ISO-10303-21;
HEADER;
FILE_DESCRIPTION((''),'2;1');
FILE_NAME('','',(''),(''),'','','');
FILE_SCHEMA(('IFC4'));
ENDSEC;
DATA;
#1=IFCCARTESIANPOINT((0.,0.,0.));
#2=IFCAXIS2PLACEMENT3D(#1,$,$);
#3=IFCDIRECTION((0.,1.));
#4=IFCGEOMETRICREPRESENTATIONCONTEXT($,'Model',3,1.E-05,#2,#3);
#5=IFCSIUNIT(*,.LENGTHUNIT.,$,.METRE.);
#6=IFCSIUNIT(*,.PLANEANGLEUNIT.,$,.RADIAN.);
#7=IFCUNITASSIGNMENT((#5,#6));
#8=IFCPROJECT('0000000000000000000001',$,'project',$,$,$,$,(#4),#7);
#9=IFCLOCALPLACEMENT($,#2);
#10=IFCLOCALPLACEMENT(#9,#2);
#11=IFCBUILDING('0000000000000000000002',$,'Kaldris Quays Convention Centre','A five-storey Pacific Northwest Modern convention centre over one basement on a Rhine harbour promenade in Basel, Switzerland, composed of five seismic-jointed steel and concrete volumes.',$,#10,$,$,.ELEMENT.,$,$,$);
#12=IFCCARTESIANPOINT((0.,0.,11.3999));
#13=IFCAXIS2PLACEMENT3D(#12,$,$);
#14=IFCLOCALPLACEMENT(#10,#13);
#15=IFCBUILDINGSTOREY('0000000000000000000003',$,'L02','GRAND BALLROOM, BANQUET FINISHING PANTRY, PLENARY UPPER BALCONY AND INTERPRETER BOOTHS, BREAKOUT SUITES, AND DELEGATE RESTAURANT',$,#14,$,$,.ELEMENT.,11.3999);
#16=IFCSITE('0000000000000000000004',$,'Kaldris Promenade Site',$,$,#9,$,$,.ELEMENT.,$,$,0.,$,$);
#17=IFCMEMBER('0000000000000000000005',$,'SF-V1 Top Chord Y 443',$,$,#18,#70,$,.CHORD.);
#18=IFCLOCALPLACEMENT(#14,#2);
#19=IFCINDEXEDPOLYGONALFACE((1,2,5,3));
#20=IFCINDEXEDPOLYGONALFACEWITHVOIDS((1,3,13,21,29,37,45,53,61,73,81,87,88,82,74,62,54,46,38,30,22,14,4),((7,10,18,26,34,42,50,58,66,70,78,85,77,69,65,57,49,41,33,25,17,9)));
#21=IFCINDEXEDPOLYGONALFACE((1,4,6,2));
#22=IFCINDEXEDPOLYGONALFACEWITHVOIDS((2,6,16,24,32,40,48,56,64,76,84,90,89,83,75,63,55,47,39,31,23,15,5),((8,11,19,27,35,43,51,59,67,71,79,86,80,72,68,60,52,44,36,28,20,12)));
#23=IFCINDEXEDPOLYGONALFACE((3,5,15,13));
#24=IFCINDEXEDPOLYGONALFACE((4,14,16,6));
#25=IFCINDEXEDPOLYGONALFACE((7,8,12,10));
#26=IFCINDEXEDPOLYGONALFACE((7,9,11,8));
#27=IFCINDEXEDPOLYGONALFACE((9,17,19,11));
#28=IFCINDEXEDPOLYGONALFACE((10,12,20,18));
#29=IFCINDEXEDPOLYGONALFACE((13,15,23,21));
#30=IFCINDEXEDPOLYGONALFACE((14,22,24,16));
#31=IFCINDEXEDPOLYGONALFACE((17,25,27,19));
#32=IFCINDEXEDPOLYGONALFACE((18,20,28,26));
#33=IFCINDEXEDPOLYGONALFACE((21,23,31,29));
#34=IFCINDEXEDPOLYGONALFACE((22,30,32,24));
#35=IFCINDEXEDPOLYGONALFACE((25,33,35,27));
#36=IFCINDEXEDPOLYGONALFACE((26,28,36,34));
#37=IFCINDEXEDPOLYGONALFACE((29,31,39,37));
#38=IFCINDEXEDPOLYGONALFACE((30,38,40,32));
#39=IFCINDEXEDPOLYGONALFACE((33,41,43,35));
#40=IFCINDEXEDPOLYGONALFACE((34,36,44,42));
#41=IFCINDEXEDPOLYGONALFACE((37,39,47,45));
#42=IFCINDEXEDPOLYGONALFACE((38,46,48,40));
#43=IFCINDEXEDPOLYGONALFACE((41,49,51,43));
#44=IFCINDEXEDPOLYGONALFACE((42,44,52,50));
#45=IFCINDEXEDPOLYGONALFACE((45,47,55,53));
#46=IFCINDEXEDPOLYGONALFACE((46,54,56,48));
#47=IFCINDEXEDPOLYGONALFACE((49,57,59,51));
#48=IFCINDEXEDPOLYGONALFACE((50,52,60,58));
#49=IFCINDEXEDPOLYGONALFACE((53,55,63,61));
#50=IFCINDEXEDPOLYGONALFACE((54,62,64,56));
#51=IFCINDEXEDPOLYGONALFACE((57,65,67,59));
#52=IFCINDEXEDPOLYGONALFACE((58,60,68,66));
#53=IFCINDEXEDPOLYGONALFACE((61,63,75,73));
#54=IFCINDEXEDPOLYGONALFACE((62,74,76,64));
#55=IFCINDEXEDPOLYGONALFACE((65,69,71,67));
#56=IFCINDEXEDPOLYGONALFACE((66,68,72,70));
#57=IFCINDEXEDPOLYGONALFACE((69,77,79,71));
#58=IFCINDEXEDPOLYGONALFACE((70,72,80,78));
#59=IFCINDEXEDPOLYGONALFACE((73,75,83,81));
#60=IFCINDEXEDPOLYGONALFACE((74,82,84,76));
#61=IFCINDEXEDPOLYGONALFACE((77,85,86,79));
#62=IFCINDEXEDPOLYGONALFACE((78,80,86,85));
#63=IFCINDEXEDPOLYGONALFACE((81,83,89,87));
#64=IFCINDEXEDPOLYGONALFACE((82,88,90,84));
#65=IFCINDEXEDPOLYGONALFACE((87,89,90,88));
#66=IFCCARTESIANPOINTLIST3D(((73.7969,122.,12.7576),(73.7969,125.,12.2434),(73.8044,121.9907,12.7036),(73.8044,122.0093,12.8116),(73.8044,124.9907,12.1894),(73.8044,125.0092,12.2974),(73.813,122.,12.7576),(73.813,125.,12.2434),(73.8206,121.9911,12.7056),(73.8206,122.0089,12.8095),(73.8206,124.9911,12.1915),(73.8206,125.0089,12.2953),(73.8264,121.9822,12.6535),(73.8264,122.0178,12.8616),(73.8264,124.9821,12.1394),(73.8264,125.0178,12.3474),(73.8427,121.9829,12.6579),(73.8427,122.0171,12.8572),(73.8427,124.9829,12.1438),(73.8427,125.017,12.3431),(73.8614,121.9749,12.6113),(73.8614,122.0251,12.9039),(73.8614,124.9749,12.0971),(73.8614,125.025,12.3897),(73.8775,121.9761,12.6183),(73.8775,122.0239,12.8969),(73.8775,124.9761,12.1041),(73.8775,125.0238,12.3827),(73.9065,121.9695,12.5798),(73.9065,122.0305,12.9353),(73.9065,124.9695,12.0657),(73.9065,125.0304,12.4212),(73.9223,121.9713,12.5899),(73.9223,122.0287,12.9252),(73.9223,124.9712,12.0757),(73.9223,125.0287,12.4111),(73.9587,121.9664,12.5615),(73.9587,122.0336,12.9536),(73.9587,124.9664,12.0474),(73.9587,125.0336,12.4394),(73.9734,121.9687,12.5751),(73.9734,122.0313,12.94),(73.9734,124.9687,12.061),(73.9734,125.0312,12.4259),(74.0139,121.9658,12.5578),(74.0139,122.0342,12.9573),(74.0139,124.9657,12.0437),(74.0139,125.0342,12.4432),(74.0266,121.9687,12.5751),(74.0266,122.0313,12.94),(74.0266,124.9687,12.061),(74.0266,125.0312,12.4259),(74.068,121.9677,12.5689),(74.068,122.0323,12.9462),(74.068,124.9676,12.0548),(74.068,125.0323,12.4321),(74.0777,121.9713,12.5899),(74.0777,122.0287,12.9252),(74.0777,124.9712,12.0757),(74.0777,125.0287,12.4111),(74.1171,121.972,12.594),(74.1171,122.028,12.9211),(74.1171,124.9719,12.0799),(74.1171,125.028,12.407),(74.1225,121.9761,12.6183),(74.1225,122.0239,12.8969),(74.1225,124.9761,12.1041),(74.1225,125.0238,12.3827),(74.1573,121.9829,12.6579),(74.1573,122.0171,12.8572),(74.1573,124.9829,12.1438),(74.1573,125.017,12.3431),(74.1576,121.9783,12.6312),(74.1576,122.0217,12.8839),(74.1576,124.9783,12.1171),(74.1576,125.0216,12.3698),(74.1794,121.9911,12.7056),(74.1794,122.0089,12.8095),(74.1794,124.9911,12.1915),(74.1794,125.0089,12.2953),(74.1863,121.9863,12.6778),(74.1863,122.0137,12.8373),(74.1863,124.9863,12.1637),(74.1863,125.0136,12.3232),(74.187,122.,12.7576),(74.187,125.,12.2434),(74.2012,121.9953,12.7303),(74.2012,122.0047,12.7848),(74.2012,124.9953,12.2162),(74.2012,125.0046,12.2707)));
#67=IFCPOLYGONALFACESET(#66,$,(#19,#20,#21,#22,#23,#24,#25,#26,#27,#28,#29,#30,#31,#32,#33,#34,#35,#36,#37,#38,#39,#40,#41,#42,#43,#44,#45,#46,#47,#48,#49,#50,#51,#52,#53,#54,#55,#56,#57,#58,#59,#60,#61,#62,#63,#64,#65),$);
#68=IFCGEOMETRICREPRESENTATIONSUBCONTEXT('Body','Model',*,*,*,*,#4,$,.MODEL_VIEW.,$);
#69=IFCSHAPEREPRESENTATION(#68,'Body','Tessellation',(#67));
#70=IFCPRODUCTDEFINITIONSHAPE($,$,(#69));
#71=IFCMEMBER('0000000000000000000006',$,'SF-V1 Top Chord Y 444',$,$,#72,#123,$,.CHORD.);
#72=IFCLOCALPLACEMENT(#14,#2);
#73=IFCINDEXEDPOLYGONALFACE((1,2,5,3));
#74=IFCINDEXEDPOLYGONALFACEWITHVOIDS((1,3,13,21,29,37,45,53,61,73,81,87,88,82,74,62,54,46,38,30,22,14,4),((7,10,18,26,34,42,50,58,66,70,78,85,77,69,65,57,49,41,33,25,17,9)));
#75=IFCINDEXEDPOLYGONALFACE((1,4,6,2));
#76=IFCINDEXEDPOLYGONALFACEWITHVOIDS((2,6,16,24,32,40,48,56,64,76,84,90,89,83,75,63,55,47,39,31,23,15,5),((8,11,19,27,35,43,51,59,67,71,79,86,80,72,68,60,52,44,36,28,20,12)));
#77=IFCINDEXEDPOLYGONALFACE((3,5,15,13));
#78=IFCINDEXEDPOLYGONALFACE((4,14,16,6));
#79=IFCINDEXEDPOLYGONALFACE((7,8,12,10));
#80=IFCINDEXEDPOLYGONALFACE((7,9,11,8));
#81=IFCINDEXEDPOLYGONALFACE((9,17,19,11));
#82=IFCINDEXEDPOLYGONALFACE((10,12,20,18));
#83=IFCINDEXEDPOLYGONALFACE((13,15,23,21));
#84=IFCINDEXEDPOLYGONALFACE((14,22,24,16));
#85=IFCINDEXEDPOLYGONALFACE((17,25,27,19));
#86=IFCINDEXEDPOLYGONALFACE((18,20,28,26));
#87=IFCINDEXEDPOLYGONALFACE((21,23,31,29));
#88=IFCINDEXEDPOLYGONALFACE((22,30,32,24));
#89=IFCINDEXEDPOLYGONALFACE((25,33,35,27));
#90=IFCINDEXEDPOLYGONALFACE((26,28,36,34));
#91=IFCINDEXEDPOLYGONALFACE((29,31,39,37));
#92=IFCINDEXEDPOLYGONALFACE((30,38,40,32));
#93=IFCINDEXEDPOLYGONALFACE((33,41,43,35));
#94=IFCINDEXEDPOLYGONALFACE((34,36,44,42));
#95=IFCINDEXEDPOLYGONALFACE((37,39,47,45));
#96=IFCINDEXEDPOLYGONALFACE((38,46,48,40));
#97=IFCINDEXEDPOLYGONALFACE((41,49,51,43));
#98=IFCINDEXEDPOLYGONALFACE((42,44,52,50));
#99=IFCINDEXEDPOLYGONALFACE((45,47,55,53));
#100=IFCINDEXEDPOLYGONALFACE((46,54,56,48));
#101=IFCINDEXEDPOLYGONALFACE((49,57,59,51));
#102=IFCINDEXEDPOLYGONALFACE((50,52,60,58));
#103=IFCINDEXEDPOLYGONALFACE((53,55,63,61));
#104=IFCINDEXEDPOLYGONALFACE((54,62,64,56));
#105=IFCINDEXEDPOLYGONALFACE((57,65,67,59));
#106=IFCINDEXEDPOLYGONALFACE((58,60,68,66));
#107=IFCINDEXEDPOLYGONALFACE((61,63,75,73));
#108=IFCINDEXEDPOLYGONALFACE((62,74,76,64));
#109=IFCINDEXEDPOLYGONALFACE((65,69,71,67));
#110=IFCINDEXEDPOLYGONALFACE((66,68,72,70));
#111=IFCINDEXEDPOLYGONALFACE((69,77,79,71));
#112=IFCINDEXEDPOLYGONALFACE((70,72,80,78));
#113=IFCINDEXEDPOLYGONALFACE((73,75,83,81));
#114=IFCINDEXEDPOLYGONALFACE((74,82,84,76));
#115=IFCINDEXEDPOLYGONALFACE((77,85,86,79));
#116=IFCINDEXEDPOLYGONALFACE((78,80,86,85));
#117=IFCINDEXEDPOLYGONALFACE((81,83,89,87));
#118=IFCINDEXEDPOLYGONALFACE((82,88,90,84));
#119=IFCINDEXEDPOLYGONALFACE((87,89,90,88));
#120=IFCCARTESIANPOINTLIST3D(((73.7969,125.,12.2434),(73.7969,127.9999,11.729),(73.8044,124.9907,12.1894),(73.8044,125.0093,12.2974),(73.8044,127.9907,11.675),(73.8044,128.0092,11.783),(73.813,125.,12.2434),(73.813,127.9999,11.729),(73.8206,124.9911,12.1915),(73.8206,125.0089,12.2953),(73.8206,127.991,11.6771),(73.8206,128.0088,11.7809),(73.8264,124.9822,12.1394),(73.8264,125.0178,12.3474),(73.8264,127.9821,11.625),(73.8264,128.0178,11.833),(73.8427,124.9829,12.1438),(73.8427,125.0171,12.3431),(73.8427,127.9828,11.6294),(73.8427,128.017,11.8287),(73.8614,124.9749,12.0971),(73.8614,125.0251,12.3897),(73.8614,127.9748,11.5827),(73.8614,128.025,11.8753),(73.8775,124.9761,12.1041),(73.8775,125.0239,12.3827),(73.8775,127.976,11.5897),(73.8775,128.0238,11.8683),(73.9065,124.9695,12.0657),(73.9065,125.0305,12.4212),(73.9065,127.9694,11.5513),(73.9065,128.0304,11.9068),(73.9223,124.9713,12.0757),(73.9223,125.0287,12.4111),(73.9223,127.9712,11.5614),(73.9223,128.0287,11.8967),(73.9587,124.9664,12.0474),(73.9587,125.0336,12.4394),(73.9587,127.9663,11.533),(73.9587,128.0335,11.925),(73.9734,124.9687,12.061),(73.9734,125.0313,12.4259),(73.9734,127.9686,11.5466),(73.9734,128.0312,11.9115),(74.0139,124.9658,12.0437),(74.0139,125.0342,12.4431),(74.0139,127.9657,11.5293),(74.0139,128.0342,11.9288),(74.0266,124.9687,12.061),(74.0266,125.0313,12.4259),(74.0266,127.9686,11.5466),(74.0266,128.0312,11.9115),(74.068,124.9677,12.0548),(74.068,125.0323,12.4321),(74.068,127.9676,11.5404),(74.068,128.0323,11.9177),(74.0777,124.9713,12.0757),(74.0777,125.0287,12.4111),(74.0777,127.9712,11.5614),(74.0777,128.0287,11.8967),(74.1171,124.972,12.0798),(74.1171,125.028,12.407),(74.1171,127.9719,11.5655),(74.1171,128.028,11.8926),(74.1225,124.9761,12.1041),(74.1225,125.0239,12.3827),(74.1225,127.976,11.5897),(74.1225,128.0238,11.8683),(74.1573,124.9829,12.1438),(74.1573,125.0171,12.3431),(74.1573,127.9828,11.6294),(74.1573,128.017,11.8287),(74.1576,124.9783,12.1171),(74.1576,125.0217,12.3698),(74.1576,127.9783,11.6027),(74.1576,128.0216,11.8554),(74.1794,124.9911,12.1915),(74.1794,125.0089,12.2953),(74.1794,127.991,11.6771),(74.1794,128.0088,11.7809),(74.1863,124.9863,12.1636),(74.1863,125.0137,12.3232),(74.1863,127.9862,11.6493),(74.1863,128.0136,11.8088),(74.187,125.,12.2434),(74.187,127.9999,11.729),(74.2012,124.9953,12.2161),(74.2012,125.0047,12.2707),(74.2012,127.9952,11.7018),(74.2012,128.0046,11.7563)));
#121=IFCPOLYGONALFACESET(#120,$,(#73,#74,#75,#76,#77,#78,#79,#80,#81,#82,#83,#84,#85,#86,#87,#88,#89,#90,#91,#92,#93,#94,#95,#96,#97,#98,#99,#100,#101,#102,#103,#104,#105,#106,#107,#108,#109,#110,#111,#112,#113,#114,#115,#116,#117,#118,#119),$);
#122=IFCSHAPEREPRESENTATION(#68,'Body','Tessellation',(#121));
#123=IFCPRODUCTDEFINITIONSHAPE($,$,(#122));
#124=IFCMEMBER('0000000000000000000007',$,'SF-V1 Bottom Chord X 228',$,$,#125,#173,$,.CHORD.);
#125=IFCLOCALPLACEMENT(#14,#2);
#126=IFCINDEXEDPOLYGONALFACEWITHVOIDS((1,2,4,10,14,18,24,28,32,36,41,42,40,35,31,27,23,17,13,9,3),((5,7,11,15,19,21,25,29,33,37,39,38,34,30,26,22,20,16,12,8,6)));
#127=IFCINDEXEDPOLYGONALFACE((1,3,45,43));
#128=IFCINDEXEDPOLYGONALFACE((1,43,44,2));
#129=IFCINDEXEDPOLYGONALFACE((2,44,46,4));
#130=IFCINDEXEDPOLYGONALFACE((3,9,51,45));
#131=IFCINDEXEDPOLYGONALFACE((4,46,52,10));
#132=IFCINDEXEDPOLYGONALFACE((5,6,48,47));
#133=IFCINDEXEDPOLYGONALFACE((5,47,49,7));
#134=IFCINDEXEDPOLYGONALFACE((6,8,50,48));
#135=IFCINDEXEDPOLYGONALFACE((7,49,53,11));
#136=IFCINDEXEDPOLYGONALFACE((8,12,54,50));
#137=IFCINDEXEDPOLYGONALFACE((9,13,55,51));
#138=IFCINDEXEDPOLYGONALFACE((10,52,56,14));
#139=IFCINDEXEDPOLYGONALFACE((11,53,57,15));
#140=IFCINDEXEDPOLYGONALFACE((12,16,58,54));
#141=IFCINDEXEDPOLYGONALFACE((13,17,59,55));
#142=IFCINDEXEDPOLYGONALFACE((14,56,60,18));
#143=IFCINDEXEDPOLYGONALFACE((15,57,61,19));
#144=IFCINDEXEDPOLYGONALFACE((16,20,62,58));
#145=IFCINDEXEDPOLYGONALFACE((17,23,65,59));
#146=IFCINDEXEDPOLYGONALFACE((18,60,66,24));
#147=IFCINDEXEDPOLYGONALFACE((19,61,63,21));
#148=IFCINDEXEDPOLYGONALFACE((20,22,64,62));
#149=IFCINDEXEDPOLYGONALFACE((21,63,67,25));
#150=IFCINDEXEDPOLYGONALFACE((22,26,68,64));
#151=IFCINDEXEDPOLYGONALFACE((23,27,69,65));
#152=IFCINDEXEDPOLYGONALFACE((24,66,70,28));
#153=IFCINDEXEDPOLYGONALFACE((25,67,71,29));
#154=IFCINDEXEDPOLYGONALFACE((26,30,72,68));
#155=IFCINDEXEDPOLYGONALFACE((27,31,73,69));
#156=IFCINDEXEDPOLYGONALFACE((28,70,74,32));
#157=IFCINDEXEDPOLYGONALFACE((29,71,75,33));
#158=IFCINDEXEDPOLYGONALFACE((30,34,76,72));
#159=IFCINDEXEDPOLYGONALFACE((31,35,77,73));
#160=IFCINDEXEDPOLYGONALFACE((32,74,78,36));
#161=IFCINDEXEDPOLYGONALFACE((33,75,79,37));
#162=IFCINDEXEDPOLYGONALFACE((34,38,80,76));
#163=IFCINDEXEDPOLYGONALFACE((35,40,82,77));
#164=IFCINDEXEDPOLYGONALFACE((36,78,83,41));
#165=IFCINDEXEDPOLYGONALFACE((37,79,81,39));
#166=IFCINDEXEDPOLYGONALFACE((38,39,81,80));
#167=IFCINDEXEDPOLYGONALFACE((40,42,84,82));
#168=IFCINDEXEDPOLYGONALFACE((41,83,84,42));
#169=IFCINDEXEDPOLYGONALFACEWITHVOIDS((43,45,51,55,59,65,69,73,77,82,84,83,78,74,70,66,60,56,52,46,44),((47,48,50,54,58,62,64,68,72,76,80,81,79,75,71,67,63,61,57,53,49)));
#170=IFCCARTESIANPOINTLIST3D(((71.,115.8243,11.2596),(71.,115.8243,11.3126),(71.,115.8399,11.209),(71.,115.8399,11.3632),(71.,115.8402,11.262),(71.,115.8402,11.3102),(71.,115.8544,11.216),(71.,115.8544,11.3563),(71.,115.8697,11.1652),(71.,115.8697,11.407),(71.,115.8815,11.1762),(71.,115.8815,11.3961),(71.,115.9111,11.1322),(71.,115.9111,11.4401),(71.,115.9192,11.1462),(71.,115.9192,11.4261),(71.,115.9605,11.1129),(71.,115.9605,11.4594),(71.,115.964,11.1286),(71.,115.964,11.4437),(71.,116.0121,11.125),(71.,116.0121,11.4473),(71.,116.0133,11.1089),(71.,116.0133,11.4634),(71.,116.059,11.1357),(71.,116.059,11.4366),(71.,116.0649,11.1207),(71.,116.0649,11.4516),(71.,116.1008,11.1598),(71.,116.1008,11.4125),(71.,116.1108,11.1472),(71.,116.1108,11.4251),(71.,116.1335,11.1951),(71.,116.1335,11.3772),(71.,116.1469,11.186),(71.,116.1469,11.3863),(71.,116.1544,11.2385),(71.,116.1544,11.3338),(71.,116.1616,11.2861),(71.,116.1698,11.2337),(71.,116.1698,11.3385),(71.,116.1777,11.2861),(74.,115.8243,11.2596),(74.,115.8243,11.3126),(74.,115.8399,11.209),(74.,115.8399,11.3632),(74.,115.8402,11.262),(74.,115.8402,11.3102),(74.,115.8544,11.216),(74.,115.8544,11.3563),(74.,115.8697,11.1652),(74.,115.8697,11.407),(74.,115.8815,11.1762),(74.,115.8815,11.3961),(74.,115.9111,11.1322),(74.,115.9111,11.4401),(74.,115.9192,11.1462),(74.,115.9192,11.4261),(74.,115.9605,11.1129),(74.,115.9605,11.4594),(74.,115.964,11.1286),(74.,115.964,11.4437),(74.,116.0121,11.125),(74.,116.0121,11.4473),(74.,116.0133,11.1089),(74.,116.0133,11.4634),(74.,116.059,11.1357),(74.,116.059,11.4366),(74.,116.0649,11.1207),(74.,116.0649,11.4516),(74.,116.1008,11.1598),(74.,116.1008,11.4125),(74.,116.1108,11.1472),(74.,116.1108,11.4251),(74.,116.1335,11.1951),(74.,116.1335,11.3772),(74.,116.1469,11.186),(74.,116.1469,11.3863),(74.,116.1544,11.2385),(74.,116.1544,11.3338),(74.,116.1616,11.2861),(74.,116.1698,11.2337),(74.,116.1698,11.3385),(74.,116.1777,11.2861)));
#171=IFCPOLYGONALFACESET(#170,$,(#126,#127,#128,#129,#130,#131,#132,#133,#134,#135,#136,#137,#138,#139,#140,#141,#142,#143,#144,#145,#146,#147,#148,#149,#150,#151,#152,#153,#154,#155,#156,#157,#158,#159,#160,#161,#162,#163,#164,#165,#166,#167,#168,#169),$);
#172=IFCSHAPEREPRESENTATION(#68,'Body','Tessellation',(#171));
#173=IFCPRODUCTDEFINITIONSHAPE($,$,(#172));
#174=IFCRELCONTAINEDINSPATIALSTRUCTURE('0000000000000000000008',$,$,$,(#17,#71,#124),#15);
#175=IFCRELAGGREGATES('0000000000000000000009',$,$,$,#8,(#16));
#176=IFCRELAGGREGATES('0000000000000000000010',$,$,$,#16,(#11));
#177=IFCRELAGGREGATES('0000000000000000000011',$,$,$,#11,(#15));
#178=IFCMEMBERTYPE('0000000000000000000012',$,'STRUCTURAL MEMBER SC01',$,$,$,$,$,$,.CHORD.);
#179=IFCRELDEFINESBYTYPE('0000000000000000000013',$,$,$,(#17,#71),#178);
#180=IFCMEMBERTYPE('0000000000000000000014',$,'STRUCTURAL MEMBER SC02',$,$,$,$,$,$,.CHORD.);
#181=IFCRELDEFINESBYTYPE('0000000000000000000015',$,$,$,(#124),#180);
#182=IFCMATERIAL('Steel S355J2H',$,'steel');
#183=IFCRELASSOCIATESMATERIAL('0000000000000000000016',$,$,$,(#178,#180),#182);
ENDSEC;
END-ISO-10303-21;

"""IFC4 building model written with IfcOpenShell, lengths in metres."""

from ifc_helpers import new_model, si_unit, direction, frame, origin, origin_2d, place, context, subcontext, project, spatial, hollow_circle, extrude, material, material_profile, profile_set, type_object, element, save


model = new_model("IFC4")

# Units and contexts
model_context = context("Model", 3, precision=1e-05, world=origin(), true_north=direction((0.0, 1.0)))
body_context = subcontext(model_context, "Body", "Model", "MODEL_VIEW")
ifc_project = project(units=[si_unit("LENGTHUNIT", "METRE"), si_unit("PLANEANGLEUNIT", "RADIAN")], contexts=[model_context])

# Site, building, storey
site_placement = place(None, origin())
site = spatial("IfcSite", under=ifc_project, at=site_placement, Name="Kaldris Promenade Site", CompositionType="ELEMENT", RefElevation=0.0)
building_placement = place(site_placement, origin())
building = spatial("IfcBuilding", under=site, at=building_placement, Name="Kaldris Quays Convention Centre", Description="A five-storey Pacific Northwest Modern convention centre over one basement on a Rhine harbour promenade in Basel, Switzerland, composed of five seismic-jointed steel and concrete volumes.", CompositionType="ELEMENT")
storey_placement = place(building_placement, frame((0.0, 0.0, 11.3999)))
storey = spatial("IfcBuildingStorey", under=building, at=storey_placement, Name="L02", Description="GRAND BALLROOM, BANQUET FINISHING PANTRY, PLENARY UPPER BALCONY AND INTERPRETER BOOTHS, BREAKOUT SUITES, AND DELEGATE RESTAURANT", CompositionType="ELEMENT", Elevation=11.3999)

# Members
ifc_material_1 = material(Name="Steel S355J2H", Category="steel")
ifc_material_profile_1 = material_profile(ifc_material_1, hollow_circle(Radius=0.2031, WallThickness=0.0161, at=origin_2d()), Name="CHS 406.4x16")
ifc_profile_set_1 = profile_set([ifc_material_profile_1], Name="Steel S355J2H")
member_type_1 = type_object("IfcMemberType", Name="STRUCTURAL MEMBER SC01", PredefinedType="CHORD", material=ifc_profile_set_1)
for number, where, z_axis, x_axis, name in (
    (1, (74.0, 122.0, 12.7576), (0.0, 0.985629, -0.168924), (-1.0, 0.0, 0.0), "SF-V1 Top Chord Y 443"),
    (2, (74.0, 125.0, 12.2434), (0.0, 0.985616, -0.169002), (-1.0, 0.0, 0.0), "SF-V1 Top Chord Y 444"),
):
    element("IfcMember", number, at=place(storey_placement, frame(where, z_axis=z_axis, x_axis=x_axis)), inside=storey, type_object=member_type_1, Name=name, PredefinedType="CHORD", context=body_context, shape_type="SweptSolid", body=[
        extrude(hollow_circle(Radius=0.2031, WallThickness=0.0161, at=origin_2d()), origin(), (0.0, 0.0, 1.0), 3.0437),
    ])
ifc_material_profile_2 = material_profile(ifc_material_1, hollow_circle(Radius=0.1777, WallThickness=0.0161, at=origin_2d()), Name="CHS 355.6x16")
ifc_profile_set_2 = profile_set([ifc_material_profile_2], Name="Steel S355J2H")
member_type_2 = type_object("IfcMemberType", Name="STRUCTURAL MEMBER SC02", PredefinedType="CHORD", material=ifc_profile_set_2)
for number, where, z_axis, x_axis, name in (
    (3, (71.0, 116.0, 11.2861), (1.0, 0.0, 0.0), (0.0, 1.0, 0.0), "SF-V1 Bottom Chord X 228"),
):
    element("IfcMember", number, at=place(storey_placement, frame(where, z_axis=z_axis, x_axis=x_axis)), inside=storey, type_object=member_type_2, Name=name, PredefinedType="CHORD", context=body_context, shape_type="SweptSolid", body=[
        extrude(hollow_circle(Radius=0.1777, WallThickness=0.0161, at=origin_2d()), origin(), (0.0, 0.0, 1.0), 3.0),
    ])

save(model, "model.ifc")
